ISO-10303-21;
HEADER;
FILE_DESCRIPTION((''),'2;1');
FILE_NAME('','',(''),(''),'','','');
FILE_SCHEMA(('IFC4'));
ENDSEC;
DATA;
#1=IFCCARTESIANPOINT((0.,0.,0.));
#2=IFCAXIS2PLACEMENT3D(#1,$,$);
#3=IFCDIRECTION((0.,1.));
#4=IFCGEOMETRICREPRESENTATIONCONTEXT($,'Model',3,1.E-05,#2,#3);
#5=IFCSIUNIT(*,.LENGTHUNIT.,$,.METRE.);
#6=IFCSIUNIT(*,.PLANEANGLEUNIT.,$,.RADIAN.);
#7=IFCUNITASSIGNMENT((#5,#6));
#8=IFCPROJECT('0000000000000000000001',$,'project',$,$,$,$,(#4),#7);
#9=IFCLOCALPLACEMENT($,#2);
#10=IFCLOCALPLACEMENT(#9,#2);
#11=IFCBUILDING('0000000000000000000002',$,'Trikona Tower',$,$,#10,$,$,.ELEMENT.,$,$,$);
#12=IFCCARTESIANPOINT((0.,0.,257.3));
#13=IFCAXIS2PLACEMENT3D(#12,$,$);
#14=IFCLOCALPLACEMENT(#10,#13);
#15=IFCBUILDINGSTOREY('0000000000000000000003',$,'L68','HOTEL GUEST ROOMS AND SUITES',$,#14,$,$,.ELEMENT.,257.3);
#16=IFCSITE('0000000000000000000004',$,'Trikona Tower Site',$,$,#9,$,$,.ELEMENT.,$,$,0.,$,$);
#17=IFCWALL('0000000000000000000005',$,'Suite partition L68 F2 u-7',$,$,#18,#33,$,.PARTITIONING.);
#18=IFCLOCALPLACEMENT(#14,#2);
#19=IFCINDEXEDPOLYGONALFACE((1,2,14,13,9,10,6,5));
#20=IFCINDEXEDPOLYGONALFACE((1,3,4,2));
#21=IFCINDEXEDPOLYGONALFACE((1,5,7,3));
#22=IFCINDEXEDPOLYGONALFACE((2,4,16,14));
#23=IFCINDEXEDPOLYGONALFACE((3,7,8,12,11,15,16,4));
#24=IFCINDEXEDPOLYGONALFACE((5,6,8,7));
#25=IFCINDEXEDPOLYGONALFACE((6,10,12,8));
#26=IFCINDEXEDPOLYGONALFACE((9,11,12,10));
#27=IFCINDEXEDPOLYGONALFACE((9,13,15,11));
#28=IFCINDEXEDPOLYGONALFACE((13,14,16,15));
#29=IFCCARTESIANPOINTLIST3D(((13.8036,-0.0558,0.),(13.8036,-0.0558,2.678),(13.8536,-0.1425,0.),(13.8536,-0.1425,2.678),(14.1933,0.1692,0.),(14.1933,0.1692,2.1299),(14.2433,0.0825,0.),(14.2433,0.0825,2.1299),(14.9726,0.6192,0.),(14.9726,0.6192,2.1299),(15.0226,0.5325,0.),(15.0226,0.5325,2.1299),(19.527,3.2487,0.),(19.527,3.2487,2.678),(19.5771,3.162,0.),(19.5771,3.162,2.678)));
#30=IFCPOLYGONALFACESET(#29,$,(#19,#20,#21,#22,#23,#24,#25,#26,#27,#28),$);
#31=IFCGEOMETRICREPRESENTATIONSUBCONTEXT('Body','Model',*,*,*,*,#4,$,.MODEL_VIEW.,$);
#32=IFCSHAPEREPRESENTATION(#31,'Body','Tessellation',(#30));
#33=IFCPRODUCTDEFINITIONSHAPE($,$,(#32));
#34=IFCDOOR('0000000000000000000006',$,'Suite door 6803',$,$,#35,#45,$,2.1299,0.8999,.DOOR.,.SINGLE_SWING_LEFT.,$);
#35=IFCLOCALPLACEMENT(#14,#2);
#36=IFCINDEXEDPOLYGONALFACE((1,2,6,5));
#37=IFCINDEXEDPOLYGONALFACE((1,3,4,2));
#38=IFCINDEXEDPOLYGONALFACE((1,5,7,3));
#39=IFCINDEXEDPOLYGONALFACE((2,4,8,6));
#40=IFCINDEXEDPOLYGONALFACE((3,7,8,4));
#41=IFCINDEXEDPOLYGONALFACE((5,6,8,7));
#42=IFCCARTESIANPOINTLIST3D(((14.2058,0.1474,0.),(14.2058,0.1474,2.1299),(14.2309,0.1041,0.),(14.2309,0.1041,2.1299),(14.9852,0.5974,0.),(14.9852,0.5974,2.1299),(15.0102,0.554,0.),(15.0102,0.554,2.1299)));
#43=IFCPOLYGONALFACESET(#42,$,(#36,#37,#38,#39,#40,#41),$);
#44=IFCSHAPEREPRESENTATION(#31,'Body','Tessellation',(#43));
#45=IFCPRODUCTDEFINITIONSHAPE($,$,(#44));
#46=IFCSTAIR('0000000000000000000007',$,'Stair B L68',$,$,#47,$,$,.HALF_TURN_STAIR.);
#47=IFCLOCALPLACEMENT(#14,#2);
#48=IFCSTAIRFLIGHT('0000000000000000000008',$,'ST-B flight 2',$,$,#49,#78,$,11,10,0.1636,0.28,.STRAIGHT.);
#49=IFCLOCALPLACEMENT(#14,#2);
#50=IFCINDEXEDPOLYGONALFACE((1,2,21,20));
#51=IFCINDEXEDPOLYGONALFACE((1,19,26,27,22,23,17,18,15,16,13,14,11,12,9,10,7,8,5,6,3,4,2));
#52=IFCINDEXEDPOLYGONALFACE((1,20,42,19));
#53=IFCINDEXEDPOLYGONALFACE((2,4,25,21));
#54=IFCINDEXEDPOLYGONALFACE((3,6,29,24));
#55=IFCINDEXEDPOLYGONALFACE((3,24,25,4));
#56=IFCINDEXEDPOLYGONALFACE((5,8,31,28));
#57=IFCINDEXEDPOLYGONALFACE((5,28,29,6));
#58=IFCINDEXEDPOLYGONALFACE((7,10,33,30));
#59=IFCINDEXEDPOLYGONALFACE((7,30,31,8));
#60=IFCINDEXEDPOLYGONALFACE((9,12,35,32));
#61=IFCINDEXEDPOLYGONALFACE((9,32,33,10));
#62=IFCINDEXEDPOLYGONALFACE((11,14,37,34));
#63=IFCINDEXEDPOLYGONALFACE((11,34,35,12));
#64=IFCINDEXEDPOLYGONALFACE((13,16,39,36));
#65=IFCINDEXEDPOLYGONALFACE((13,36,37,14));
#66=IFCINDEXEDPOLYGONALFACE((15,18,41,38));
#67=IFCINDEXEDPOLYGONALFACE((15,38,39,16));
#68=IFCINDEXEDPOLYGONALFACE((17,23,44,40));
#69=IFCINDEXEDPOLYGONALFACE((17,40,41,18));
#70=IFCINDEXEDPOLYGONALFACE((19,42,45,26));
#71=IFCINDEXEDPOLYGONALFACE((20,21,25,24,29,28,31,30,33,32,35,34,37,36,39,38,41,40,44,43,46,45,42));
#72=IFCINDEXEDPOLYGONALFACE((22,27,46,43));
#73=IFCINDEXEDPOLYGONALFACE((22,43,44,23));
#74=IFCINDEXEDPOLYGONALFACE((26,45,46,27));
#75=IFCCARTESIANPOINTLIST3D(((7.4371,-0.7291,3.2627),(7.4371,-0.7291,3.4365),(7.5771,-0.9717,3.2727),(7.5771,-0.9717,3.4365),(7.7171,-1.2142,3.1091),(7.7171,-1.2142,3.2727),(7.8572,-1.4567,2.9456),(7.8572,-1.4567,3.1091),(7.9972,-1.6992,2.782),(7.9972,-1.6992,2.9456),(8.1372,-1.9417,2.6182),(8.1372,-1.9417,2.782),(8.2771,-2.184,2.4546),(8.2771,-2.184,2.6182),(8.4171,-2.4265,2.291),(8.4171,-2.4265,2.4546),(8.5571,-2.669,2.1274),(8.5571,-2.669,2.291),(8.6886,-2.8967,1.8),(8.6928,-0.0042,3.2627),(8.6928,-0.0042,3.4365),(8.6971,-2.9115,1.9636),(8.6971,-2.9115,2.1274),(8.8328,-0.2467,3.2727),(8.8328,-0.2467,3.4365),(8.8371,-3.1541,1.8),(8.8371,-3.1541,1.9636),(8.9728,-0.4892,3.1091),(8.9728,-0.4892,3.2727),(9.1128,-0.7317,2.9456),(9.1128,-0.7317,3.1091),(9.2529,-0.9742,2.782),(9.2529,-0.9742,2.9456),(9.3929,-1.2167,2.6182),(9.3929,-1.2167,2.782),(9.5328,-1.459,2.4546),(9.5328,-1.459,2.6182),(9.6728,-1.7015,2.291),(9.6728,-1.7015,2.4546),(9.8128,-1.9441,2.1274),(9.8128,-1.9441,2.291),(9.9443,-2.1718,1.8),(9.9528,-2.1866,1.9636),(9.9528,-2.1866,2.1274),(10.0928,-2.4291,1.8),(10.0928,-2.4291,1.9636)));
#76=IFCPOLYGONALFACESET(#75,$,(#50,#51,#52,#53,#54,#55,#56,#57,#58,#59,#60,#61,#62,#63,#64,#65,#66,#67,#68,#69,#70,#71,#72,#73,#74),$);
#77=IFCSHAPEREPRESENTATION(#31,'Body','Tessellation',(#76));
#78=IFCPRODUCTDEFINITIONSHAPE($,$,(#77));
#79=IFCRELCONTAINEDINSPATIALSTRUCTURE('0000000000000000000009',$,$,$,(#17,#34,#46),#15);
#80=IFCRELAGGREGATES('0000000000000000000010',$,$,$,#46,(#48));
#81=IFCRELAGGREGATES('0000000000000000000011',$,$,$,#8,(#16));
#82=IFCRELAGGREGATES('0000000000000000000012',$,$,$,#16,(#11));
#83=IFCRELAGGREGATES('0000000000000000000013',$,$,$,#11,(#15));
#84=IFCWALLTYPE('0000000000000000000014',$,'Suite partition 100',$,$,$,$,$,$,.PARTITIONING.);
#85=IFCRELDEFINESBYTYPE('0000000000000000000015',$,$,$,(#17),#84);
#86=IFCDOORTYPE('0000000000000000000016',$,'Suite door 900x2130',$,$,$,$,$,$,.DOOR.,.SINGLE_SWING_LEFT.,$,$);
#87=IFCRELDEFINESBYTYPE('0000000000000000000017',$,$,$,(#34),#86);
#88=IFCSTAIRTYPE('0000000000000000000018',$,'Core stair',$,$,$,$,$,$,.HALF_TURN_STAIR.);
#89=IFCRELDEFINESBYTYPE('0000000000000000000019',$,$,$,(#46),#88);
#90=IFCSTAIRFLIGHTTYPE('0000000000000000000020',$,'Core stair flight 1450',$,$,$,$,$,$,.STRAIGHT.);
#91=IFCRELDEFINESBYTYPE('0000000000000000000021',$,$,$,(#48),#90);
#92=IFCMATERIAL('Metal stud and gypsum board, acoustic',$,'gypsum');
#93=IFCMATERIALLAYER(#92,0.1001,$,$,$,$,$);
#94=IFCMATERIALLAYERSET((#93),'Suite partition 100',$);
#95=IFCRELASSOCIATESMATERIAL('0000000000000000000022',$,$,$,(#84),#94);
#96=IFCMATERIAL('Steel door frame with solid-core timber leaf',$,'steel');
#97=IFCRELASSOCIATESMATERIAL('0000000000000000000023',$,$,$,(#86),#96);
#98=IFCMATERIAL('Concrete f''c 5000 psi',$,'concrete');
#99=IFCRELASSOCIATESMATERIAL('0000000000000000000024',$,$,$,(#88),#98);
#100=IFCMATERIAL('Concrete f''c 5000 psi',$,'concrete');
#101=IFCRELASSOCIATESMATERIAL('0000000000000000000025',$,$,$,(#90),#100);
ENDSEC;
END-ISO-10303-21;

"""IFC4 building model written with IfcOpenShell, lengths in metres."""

from ifc_helpers import new_model, si_unit, direction, frame, frame_2d, origin, place, context, subcontext, project, spatial, polyline, rectangle, outline, extrude, material, layer, layer_set, type_object, element, fill, aggregate, save


model = new_model("IFC4")

# Units and contexts
model_context = context("Model", 3, precision=1e-05, world=origin(), true_north=direction((0.0, 1.0)))
body_context = subcontext(model_context, "Body", "Model", "MODEL_VIEW")
ifc_project = project(units=[si_unit("LENGTHUNIT", "METRE"), si_unit("PLANEANGLEUNIT", "RADIAN")], contexts=[model_context])

# Site, building, storey
site_placement = place(None, origin())
site = spatial("IfcSite", under=ifc_project, at=site_placement, Name="Trikona Tower Site", CompositionType="ELEMENT", RefElevation=0.0)
building_placement = place(site_placement, origin())
building = spatial("IfcBuilding", under=site, at=building_placement, Name="Trikona Tower", CompositionType="ELEMENT")
storey_placement = place(building_placement, frame((0.0, 0.0, 257.3)))
storey = spatial("IfcBuildingStorey", under=building, at=storey_placement, Name="L68", Description="HOTEL GUEST ROOMS AND SUITES", CompositionType="ELEMENT", Elevation=257.3)

# Wall, opening, door
ifc_material_1 = material(Name="Metal stud and gypsum board, acoustic", Category="gypsum")
ifc_layer_1 = layer(ifc_material_1, 0.1001)
ifc_layer_set_1 = layer_set([ifc_layer_1], Name="Suite partition 100")
wall_type_1 = type_object("IfcWallType", Name="Suite partition 100", PredefinedType="PARTITIONING", material=ifc_layer_set_1)
wall_1_placement = place(storey_placement, frame((13.8286, -0.0991, 0.0), z_axis=(0.0, 0.0, 1.0), x_axis=(0.866023, 0.500005, 0.0)))
wall_1 = element("IfcWall", 1, at=wall_1_placement, inside=storey, type_object=wall_type_1, Name="Suite partition L68 F2 u-7", PredefinedType="PARTITIONING", context=body_context, shape_type="SweptSolid", body=[
    extrude(rectangle(XDim=6.6089, YDim=0.1001, at=frame_2d((3.3044, 0.0))), origin(), (0.0, 0.0, 1.0), 2.678),
])
opening_1_placement = place(wall_1_placement, frame((0.45, 0.0, 0.0)))
opening_1 = element("IfcOpeningElement", 2, at=opening_1_placement, cuts=wall_1, PredefinedType="OPENING", context=body_context, shape_type="SweptSolid", body=[
    extrude(rectangle(XDim=0.8999, YDim=2.1299, at=frame_2d((0.45, 1.0649))), frame((0.0, 0.0601, 0.0), z_axis=(0.0, -1.0, 0.0), x_axis=(1.0, 0.0, 0.0)), (0.0, 0.0, 1.0), 0.1201),
])
ifc_material_2 = material(Name="Steel door frame with solid-core timber leaf", Category="steel")
door_type_1 = type_object("IfcDoorType", Name="Suite door 900x2130", OperationType="SINGLE_SWING_LEFT", PredefinedType="DOOR", material=ifc_material_2)
door_1_placement = place(opening_1_placement, origin())
door_1 = element("IfcDoor", 3, at=door_1_placement, inside=storey, type_object=door_type_1, Name="Suite door 6803", OperationType="SINGLE_SWING_LEFT", OverallHeight=2.1299, OverallWidth=0.8999, PredefinedType="DOOR", context=body_context, shape_type="SweptSolid", body=[
    extrude(rectangle(XDim=0.8999, YDim=2.1299, at=frame_2d((0.45, 1.0649))), frame((0.0, 0.0249, 0.0), z_axis=(0.0, -1.0, 0.0), x_axis=(1.0, 0.0, 0.0)), (0.0, 0.0, 1.0), 0.05),
])
fill(opening_1, door_1)

# Stair, stair flight
ifc_material_3 = material(Name="Concrete f'c 5000 psi", Category="concrete")
stair_type = type_object("IfcStairType", Name="Core stair", PredefinedType="HALF_TURN_STAIR", material=ifc_material_3)
stair_placement = place(storey_placement, origin())
stair = element("IfcStair", 4, at=stair_placement, inside=storey, type_object=stair_type, Name="Stair B L68", PredefinedType="HALF_TURN_STAIR")
ifc_material_4 = material(Name="Concrete f'c 5000 psi", Category="concrete")
stair_flight_type = type_object("IfcStairFlightType", Name="Core stair flight 1450", PredefinedType="STRAIGHT", material=ifc_material_4)
stair_flight_placement = place(storey_placement, frame((9.4651, -2.7915, 1.8), z_axis=(0.0, 0.0, 1.0), x_axis=(-0.5, 0.866025, 0.0)))
stair_flight = element("IfcStairFlight", 5, at=stair_flight_placement, type_object=stair_flight_type, Name="ST-B flight 2", NumberOfRisers=11, NumberOfTreads=10, PredefinedType="STRAIGHT", RiserHeight=0.1636, TreadLength=0.28, context=body_context, shape_type="SweptSolid", body=[
    extrude(outline(polyline([(0.0, 0.0), (0.0, 0.1636), (0.28, 0.1636), (0.28, 0.3274), (0.5601, 0.3274), (0.5601, 0.491), (0.8401, 0.491), (0.8401, 0.6545), (1.1201, 0.6545), (1.1201, 0.8181), (1.3999, 0.8181), (1.3999, 0.9819), (1.6799, 0.9819), (1.6799, 1.1455), (1.96, 1.1455), (1.96, 1.3091), (2.24, 1.3091), (2.24, 1.4727), (2.52, 1.4727), (2.52, 1.6365), (2.8, 1.6365), (2.8, 1.8), (2.8, 1.4626), (0.2971, 0.0), (0.0, 0.0)])), frame((0.0, 0.7251, 0.0), z_axis=(0.0, -1.0, 0.0), x_axis=(1.0, 0.0, 0.0)), (0.0, 0.0, 1.0), 1.45),
])
aggregate(stair, [stair_flight])

save(model, "model.ifc")
